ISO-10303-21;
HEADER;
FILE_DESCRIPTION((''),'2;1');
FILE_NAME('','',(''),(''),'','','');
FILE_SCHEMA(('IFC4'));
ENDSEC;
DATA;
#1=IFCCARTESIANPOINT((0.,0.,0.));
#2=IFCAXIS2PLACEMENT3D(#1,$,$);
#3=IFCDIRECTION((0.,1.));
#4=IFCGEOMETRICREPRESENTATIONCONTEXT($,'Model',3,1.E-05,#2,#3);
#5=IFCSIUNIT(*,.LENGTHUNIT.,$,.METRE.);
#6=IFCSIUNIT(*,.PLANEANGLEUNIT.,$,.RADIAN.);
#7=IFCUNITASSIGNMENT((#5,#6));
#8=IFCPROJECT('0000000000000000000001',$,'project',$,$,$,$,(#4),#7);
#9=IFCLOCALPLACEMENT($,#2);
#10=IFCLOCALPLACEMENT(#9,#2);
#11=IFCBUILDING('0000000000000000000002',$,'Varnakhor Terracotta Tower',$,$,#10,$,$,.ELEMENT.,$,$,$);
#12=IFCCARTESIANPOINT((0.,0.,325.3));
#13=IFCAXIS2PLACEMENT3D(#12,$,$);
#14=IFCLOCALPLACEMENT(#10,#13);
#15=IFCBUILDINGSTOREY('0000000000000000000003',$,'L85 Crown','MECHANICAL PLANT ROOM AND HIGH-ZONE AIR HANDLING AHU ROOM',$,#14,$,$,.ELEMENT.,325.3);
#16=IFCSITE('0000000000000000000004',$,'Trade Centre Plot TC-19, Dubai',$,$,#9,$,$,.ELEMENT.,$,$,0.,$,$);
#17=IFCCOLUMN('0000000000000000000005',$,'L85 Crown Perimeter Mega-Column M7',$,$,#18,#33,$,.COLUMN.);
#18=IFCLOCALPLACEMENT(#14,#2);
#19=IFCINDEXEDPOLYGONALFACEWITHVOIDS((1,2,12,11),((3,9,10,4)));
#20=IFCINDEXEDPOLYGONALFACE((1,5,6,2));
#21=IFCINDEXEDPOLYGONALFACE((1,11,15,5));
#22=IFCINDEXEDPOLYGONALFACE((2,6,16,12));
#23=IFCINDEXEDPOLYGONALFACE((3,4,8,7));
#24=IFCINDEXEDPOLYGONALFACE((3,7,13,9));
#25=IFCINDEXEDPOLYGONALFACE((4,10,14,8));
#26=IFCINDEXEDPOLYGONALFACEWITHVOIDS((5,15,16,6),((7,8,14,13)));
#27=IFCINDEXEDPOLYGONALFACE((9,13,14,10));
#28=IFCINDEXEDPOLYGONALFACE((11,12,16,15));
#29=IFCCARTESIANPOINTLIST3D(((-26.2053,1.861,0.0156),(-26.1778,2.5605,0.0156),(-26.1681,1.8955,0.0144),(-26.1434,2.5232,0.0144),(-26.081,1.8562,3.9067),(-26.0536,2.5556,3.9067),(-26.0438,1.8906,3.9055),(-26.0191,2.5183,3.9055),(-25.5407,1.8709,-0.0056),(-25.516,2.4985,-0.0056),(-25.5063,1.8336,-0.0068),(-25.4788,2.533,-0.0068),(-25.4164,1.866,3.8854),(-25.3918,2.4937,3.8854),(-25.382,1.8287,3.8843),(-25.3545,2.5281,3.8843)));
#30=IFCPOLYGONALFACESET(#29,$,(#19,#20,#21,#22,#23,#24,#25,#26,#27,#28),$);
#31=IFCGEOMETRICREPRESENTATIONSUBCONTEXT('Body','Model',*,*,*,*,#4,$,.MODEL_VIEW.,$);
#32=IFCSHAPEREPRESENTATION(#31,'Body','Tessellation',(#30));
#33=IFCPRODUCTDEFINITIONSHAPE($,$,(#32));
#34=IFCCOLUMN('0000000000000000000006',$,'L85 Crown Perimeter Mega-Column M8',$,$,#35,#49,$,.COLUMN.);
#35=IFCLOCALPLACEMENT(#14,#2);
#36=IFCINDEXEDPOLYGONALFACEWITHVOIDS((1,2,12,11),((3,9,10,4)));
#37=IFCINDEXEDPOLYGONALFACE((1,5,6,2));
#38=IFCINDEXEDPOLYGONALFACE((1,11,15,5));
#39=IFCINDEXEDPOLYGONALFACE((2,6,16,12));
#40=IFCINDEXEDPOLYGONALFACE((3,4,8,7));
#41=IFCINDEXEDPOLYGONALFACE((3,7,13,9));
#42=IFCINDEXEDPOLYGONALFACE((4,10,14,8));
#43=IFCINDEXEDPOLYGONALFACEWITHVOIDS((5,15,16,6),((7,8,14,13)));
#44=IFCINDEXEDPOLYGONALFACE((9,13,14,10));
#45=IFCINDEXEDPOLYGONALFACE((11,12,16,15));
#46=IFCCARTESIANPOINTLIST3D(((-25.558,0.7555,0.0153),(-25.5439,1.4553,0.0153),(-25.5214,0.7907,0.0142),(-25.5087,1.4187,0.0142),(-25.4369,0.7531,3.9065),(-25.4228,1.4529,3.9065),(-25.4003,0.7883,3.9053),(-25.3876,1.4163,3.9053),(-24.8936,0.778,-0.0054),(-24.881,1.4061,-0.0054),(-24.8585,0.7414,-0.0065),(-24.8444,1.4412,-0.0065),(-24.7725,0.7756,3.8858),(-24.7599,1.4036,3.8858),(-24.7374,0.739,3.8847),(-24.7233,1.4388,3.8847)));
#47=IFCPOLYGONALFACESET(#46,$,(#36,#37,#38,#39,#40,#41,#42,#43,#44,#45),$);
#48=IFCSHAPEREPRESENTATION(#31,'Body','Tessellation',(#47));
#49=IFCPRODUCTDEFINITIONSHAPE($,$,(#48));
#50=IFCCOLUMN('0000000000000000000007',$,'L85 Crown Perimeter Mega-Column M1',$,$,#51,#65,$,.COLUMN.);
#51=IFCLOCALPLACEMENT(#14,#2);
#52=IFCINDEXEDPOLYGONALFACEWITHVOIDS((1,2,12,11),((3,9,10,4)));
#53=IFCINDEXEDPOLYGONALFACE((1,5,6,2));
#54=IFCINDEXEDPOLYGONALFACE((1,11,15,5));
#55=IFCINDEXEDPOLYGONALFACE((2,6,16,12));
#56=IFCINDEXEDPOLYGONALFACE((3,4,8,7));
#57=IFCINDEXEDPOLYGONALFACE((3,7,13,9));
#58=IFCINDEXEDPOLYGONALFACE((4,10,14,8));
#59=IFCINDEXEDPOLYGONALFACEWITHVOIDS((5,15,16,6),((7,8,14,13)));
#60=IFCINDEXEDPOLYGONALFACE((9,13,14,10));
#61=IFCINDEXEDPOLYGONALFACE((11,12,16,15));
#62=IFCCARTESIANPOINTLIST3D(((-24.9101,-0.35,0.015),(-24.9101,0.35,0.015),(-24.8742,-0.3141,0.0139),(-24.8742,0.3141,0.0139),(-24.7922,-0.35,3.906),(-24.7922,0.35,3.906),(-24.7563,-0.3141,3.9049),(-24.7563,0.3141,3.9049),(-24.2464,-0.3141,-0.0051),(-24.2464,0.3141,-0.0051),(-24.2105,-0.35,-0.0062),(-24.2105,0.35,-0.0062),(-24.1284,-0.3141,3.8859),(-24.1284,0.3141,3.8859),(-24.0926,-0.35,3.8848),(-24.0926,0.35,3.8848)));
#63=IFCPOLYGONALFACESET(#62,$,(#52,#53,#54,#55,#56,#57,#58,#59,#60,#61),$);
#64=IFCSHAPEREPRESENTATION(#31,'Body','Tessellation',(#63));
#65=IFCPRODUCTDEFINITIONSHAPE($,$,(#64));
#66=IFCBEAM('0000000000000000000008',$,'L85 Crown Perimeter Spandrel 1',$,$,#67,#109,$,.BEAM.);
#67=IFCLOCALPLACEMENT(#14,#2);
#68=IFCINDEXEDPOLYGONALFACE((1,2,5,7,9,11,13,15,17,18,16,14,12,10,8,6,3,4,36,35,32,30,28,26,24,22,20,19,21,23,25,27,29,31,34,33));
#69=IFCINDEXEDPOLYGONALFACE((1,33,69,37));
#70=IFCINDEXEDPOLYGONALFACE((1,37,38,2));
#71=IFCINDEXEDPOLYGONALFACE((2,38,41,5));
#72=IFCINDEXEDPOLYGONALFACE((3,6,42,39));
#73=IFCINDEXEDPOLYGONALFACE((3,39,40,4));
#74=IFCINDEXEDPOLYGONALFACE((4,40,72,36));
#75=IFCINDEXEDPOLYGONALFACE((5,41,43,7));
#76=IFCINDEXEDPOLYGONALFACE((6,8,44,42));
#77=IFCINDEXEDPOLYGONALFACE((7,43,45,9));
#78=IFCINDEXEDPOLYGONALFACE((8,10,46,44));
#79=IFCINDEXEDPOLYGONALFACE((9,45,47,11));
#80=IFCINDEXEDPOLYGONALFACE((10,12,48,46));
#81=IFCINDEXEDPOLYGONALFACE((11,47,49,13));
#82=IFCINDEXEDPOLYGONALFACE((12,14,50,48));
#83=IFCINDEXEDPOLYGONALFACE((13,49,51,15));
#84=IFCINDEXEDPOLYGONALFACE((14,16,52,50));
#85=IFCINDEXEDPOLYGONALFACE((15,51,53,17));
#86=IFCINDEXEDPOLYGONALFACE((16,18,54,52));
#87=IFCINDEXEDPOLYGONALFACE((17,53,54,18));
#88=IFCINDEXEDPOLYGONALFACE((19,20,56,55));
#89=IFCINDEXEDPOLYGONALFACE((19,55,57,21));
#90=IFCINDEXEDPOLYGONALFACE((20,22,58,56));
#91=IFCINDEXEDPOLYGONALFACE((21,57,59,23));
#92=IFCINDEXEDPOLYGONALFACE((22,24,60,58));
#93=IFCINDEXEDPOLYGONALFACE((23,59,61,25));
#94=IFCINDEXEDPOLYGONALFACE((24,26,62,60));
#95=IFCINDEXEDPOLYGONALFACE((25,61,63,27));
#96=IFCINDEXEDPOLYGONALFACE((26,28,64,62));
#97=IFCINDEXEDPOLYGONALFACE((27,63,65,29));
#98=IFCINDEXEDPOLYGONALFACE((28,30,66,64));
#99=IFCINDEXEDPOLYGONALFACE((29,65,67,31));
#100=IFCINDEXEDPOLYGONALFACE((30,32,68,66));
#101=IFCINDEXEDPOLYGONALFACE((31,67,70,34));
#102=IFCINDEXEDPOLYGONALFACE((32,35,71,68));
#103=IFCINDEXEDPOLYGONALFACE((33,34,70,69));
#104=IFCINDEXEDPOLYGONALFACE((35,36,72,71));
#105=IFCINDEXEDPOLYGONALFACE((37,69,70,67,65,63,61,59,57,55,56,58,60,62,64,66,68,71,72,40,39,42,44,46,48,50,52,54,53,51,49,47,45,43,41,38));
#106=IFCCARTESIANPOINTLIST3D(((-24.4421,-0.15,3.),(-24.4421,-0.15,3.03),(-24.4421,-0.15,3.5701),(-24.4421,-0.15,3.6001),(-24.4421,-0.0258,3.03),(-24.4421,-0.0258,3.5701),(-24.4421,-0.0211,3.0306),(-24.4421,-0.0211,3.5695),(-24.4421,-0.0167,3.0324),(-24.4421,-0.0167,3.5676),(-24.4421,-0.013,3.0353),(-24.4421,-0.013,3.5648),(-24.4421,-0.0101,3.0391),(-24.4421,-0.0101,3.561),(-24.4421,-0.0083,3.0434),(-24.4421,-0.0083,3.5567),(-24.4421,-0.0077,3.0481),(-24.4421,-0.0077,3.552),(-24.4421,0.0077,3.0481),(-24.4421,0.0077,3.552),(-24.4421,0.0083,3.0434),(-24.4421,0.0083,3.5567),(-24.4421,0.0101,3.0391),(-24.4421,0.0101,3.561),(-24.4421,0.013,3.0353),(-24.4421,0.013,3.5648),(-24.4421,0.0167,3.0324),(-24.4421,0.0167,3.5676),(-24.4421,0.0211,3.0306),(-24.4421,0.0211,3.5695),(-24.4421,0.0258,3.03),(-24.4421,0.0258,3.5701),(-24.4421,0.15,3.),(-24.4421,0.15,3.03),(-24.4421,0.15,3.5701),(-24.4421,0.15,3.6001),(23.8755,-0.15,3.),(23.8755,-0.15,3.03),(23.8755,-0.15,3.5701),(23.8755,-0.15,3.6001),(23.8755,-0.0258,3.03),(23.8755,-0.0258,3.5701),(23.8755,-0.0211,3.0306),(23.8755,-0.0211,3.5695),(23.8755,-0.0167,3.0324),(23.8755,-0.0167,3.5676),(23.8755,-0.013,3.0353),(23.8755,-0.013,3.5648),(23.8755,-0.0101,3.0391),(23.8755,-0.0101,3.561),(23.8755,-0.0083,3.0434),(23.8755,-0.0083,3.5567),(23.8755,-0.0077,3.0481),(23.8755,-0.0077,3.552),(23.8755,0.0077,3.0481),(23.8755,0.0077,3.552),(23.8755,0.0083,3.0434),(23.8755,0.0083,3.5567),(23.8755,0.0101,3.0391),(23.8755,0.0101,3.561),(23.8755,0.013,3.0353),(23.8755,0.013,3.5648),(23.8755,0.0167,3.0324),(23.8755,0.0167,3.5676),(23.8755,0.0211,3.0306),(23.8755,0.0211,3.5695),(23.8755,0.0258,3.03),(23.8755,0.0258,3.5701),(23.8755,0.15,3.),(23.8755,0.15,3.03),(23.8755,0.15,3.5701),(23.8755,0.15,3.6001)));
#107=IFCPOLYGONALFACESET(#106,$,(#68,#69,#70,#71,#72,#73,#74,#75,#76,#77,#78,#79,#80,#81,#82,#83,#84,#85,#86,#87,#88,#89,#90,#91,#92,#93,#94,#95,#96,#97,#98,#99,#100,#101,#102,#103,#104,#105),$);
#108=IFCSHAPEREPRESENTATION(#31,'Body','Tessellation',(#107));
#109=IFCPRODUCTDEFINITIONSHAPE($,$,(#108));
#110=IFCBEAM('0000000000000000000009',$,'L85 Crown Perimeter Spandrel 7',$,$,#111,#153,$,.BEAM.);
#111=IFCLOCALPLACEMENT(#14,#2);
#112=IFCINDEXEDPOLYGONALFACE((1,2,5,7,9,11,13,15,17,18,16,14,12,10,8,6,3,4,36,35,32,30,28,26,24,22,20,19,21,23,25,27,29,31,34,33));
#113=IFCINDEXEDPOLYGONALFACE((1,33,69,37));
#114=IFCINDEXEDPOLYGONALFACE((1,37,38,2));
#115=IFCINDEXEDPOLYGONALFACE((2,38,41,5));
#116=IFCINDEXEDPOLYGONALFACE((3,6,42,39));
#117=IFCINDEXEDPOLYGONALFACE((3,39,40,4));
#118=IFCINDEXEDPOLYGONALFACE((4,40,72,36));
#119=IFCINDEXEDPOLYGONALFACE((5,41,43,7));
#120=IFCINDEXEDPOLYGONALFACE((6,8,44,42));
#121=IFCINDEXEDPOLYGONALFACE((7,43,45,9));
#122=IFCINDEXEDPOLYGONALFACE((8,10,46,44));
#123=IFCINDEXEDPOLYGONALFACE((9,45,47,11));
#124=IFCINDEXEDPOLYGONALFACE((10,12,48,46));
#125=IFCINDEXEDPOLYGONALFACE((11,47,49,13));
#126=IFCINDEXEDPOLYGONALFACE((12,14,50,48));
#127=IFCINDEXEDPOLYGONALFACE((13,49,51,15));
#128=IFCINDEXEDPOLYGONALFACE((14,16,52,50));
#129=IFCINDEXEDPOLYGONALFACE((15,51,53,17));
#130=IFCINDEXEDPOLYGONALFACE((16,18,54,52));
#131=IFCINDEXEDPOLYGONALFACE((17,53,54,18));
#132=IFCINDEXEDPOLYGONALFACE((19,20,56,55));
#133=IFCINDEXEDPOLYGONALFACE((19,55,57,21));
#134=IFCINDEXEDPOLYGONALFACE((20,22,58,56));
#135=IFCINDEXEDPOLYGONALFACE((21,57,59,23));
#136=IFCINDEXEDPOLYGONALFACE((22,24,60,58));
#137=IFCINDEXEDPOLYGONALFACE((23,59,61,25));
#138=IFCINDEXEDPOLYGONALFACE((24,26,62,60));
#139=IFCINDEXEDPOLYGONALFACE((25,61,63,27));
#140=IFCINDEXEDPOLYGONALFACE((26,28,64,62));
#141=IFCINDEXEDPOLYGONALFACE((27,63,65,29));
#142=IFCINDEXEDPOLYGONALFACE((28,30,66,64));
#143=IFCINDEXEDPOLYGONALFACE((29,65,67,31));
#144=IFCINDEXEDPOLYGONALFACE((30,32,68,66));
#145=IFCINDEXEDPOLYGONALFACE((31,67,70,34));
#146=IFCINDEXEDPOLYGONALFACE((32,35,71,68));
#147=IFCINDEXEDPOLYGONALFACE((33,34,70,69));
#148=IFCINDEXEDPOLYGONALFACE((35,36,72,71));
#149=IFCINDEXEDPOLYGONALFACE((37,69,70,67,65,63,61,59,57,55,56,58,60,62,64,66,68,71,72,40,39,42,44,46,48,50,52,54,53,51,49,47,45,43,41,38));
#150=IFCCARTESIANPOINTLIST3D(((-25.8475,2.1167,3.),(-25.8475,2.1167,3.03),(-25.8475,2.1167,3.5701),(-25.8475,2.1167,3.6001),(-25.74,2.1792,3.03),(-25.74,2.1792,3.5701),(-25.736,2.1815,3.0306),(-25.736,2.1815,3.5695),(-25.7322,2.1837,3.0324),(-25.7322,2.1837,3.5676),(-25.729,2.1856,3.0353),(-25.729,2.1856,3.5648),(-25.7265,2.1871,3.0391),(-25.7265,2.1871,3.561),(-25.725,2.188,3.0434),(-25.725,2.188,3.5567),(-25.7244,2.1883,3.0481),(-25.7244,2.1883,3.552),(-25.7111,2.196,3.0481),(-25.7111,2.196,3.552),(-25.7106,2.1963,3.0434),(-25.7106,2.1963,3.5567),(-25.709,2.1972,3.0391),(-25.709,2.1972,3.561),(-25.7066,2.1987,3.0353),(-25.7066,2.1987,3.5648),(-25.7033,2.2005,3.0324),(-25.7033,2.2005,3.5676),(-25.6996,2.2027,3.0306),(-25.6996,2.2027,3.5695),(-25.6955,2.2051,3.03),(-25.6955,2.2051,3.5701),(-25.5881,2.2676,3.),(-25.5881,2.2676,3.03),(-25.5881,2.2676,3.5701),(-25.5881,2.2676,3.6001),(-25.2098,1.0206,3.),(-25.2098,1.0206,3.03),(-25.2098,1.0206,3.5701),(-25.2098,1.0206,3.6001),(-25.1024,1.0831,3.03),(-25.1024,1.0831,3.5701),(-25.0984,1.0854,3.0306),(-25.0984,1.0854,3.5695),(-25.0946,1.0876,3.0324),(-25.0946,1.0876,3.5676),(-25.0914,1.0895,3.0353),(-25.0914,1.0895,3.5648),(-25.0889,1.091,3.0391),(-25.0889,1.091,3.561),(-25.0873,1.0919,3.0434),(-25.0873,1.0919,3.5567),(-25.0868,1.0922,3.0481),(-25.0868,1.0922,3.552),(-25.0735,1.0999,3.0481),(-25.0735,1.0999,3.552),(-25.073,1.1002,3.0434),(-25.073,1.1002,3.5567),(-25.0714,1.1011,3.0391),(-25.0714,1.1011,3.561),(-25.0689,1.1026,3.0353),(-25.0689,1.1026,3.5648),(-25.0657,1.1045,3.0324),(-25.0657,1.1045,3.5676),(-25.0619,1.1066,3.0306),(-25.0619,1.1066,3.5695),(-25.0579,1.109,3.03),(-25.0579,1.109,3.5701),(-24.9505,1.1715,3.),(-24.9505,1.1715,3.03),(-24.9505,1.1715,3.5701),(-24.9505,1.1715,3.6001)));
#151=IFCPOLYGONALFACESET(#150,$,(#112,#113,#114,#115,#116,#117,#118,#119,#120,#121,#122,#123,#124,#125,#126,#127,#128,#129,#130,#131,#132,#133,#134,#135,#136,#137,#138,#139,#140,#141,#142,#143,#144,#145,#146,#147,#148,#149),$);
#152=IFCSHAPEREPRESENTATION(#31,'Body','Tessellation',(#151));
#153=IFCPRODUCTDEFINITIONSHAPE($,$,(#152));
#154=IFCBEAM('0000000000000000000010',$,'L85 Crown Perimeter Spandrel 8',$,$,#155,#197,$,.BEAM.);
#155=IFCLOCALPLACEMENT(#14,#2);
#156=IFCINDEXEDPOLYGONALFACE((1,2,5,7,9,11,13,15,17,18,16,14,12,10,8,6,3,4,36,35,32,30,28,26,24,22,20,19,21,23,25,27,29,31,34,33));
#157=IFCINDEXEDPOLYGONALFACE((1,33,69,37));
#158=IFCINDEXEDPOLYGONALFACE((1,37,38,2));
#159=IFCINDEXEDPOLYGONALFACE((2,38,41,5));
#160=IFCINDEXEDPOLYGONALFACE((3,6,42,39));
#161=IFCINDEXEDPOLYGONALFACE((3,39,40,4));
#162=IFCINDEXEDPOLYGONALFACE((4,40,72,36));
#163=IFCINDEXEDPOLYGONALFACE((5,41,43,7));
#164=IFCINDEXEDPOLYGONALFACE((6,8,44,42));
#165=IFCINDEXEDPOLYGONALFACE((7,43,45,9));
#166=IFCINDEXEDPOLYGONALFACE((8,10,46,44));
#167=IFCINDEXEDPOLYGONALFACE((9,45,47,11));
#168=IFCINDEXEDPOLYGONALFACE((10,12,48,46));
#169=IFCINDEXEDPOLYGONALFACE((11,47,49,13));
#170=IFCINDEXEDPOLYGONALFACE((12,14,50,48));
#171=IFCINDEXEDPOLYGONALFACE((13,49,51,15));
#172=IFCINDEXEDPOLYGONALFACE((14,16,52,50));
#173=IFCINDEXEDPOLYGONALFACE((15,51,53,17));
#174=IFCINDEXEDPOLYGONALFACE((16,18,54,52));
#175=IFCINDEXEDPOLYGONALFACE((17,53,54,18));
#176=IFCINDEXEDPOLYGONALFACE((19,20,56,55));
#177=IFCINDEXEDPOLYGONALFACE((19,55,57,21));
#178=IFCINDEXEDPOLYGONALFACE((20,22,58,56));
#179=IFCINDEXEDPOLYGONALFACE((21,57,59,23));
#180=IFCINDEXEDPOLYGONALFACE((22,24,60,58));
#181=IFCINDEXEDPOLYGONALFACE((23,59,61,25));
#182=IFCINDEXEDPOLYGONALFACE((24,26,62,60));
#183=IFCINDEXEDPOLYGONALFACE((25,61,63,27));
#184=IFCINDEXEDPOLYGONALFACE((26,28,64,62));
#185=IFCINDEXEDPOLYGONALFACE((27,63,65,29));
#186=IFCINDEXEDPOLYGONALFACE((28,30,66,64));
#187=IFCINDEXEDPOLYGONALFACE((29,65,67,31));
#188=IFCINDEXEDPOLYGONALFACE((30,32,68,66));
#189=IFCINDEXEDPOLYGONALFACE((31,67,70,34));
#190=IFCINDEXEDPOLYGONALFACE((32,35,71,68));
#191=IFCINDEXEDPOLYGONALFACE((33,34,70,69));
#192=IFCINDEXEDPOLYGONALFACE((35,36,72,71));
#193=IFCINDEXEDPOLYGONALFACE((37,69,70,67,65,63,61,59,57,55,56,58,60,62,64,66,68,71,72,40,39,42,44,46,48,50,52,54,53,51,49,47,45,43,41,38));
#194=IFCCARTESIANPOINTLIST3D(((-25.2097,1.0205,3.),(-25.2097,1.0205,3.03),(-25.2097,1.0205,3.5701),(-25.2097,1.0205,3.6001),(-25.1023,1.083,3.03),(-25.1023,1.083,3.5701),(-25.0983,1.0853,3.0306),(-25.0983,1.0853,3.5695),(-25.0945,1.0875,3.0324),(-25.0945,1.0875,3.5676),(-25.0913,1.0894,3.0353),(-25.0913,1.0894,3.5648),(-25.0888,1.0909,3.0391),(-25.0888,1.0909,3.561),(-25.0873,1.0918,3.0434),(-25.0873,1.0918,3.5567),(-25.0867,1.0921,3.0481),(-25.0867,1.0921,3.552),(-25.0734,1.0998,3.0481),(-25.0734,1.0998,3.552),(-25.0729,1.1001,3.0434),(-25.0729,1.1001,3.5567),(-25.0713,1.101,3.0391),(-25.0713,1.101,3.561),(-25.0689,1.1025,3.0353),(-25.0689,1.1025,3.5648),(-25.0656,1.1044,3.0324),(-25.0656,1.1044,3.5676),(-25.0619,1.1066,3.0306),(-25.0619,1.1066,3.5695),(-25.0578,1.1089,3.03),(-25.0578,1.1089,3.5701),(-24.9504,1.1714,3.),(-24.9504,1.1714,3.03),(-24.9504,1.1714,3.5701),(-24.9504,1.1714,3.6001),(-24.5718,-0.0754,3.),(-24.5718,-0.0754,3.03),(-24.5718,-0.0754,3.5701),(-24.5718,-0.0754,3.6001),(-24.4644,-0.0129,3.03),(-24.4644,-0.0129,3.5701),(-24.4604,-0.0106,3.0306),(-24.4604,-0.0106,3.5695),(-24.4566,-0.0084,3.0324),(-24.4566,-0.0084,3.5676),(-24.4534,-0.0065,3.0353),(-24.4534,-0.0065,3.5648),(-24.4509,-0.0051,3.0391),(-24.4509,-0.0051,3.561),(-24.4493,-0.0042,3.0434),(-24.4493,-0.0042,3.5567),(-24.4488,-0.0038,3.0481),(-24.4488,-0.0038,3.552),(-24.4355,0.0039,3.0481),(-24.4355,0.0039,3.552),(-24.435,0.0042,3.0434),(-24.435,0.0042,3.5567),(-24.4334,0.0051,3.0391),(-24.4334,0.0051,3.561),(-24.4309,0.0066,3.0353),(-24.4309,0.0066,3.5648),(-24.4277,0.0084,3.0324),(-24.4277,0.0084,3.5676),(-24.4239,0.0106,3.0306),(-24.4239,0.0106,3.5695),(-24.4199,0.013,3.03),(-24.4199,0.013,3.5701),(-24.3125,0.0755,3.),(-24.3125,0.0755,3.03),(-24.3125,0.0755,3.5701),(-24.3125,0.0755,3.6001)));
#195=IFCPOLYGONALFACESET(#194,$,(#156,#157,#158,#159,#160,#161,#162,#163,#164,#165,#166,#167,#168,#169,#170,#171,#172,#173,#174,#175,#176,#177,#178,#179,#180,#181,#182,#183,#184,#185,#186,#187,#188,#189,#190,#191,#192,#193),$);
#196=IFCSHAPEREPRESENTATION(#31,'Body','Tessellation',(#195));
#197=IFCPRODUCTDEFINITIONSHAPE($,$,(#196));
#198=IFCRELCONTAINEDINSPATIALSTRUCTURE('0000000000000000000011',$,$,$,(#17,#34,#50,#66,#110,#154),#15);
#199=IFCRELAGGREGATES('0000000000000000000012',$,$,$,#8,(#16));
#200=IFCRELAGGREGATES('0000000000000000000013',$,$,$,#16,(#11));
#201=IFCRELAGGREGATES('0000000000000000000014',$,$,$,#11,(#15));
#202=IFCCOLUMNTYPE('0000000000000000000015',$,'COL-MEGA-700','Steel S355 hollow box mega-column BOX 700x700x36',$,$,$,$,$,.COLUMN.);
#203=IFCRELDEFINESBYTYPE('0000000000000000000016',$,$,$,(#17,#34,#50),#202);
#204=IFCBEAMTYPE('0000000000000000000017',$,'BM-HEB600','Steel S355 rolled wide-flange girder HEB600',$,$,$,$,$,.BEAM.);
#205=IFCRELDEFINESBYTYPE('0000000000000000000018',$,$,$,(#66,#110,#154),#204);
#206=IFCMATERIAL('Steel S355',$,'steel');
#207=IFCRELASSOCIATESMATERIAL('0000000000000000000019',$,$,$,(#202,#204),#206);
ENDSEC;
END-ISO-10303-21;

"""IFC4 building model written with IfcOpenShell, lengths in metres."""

from ifc_helpers import new_model, si_unit, direction, frame, origin, origin_2d, place, context, subcontext, project, spatial, hollow_rectangle, i_section, extrude, source, transform, mapped, material, material_profile, profile_set, type_object, element, save


model = new_model("IFC4")

# Units and contexts
model_context = context("Model", 3, precision=1e-05, world=origin(), true_north=direction((0.0, 1.0)))
body_context = subcontext(model_context, "Body", "Model", "MODEL_VIEW")
ifc_project = project(units=[si_unit("LENGTHUNIT", "METRE"), si_unit("PLANEANGLEUNIT", "RADIAN")], contexts=[model_context])

# Site, building, storey
site_placement = place(None, origin())
site = spatial("IfcSite", under=ifc_project, at=site_placement, Name="Trade Centre Plot TC-19, Dubai", CompositionType="ELEMENT", RefElevation=0.0)
building_placement = place(site_placement, origin())
building = spatial("IfcBuilding", under=site, at=building_placement, Name="Varnakhor Terracotta Tower", CompositionType="ELEMENT")
storey_placement = place(building_placement, frame((0.0, 0.0, 325.3)))
storey = spatial("IfcBuildingStorey", under=building, at=storey_placement, Name="L85 Crown", Description="MECHANICAL PLANT ROOM AND HIGH-ZONE AIR HANDLING AHU ROOM", CompositionType="ELEMENT", Elevation=325.3)

# Columns
ifc_material_1 = material(Name="Steel S355", Category="steel")
ifc_material_profile_1 = material_profile(ifc_material_1, hollow_rectangle(XDim=0.7, YDim=0.7, WallThickness=0.0359, at=origin_2d()), Name="BOX 700x700x36")
ifc_profile_set_1 = profile_set([ifc_material_profile_1], Name="Steel S355")
column_type = type_object("IfcColumnType", Name="COL-MEGA-700", Description="Steel S355 hollow box mega-column BOX 700x700x36", PredefinedType="COLUMN", material=ifc_profile_set_1)
shared_shape_1 = source(origin(), body_context, "Body", "SweptSolid", [
    extrude(hollow_rectangle(XDim=0.7, YDim=0.7, WallThickness=0.0359, at=origin_2d()), origin(), (0.0, 0.0, 1.0), 3.8931),
])
for number, where, z_axis, x_axis, name in (
    (1, (-25.842, 2.197, 0.0044), (0.03192, -0.001254, 0.99949), (0.039262, 0.999229, 0.0), "L85 Crown Perimeter Mega-Column M7"),
    (2, (-25.2012, 1.0984, 0.0044), (0.031106, -0.000627, 0.999516), (0.020157, 0.999797, 0.0), "L85 Crown Perimeter Mega-Column M8"),
):
    element("IfcColumn", number, at=place(storey_placement, frame(where, z_axis=z_axis, x_axis=x_axis)), inside=storey, type_object=column_type, Name=name, PredefinedType="COLUMN", context=body_context, shape_type="MappedRepresentation", body=[
        mapped(shared_shape_1, transform((0.0, 0.0, 0.0), scale=1.0)),
    ])
shared_shape_2 = source(origin(), body_context, "Body", "SweptSolid", [
    extrude(hollow_rectangle(XDim=0.7, YDim=0.7, WallThickness=0.0359, at=origin_2d()), origin(), (0.0, 0.0, 1.0), 3.8928),
])
column_placement = place(storey_placement, frame((-24.5603, 0.0, 0.0044), z_axis=(0.030291, 0.0, 0.999541), x_axis=(0.0, 1.0, 0.0)))
element("IfcColumn", 3, at=column_placement, inside=storey, type_object=column_type, Name="L85 Crown Perimeter Mega-Column M1", PredefinedType="COLUMN", context=body_context, shape_type="MappedRepresentation", body=[
    mapped(shared_shape_2, transform((0.0, 0.0, 0.0), scale=1.0)),
])

# Beams
ifc_material_profile_2 = material_profile(ifc_material_1, i_section(OverallWidth=0.3, OverallDepth=0.6001, WebThickness=0.0154, FlangeThickness=0.03, FilletRadius=0.0181, at=origin_2d()), Name="HEB600")
ifc_profile_set_2 = profile_set([ifc_material_profile_2], Name="Steel S355")
beam_type = type_object("IfcBeamType", Name="BM-HEB600", Description="Steel S355 rolled wide-flange girder HEB600", PredefinedType="BEAM", material=ifc_profile_set_2)
shared_shape_3 = source(origin(), body_context, "Body", "SweptSolid", [
    extrude(i_section(OverallWidth=0.3, OverallDepth=0.6001, WebThickness=0.0154, FlangeThickness=0.03, FilletRadius=0.0181, at=origin_2d()), origin(), (0.0, 0.0, 1.0), 48.3176),
])
beam_placement = place(storey_placement, frame((-24.4421, 0.0, 3.3), z_axis=(1.0, 0.0, 0.0), x_axis=(0.0, 1.0, 0.0)))
element("IfcBeam", 4, at=beam_placement, inside=storey, type_object=beam_type, Name="L85 Crown Perimeter Spandrel 1", PredefinedType="BEAM", context=body_context, shape_type="MappedRepresentation", body=[
    mapped(shared_shape_3, transform((0.0, 0.0, 0.0), scale=1.0)),
])
shared_shape_4 = source(origin(), body_context, "Body", "SweptSolid", [
    extrude(i_section(OverallWidth=0.3, OverallDepth=0.6001, WebThickness=0.0154, FlangeThickness=0.03, FilletRadius=0.0181, at=origin_2d()), origin(), (0.0, 0.0, 1.0), 1.2681),
])
for number, where, z_axis, x_axis, name in (
    (5, (-25.7178, 2.1921, 3.3), (0.502841, -0.864379, 0.0), (0.864379, 0.502841, 0.0), "L85 Crown Perimeter Spandrel 7"),
    (6, (-25.0801, 1.0959, 3.3), (0.503069, -0.864246, 0.0), (0.864246, 0.503069, 0.0), "L85 Crown Perimeter Spandrel 8"),
):
    element("IfcBeam", number, at=place(storey_placement, frame(where, z_axis=z_axis, x_axis=x_axis)), inside=storey, type_object=beam_type, Name=name, PredefinedType="BEAM", context=body_context, shape_type="MappedRepresentation", body=[
        mapped(shared_shape_4, transform((0.0, 0.0, 0.0), scale=1.0)),
    ])

save(model, "model.ifc")
